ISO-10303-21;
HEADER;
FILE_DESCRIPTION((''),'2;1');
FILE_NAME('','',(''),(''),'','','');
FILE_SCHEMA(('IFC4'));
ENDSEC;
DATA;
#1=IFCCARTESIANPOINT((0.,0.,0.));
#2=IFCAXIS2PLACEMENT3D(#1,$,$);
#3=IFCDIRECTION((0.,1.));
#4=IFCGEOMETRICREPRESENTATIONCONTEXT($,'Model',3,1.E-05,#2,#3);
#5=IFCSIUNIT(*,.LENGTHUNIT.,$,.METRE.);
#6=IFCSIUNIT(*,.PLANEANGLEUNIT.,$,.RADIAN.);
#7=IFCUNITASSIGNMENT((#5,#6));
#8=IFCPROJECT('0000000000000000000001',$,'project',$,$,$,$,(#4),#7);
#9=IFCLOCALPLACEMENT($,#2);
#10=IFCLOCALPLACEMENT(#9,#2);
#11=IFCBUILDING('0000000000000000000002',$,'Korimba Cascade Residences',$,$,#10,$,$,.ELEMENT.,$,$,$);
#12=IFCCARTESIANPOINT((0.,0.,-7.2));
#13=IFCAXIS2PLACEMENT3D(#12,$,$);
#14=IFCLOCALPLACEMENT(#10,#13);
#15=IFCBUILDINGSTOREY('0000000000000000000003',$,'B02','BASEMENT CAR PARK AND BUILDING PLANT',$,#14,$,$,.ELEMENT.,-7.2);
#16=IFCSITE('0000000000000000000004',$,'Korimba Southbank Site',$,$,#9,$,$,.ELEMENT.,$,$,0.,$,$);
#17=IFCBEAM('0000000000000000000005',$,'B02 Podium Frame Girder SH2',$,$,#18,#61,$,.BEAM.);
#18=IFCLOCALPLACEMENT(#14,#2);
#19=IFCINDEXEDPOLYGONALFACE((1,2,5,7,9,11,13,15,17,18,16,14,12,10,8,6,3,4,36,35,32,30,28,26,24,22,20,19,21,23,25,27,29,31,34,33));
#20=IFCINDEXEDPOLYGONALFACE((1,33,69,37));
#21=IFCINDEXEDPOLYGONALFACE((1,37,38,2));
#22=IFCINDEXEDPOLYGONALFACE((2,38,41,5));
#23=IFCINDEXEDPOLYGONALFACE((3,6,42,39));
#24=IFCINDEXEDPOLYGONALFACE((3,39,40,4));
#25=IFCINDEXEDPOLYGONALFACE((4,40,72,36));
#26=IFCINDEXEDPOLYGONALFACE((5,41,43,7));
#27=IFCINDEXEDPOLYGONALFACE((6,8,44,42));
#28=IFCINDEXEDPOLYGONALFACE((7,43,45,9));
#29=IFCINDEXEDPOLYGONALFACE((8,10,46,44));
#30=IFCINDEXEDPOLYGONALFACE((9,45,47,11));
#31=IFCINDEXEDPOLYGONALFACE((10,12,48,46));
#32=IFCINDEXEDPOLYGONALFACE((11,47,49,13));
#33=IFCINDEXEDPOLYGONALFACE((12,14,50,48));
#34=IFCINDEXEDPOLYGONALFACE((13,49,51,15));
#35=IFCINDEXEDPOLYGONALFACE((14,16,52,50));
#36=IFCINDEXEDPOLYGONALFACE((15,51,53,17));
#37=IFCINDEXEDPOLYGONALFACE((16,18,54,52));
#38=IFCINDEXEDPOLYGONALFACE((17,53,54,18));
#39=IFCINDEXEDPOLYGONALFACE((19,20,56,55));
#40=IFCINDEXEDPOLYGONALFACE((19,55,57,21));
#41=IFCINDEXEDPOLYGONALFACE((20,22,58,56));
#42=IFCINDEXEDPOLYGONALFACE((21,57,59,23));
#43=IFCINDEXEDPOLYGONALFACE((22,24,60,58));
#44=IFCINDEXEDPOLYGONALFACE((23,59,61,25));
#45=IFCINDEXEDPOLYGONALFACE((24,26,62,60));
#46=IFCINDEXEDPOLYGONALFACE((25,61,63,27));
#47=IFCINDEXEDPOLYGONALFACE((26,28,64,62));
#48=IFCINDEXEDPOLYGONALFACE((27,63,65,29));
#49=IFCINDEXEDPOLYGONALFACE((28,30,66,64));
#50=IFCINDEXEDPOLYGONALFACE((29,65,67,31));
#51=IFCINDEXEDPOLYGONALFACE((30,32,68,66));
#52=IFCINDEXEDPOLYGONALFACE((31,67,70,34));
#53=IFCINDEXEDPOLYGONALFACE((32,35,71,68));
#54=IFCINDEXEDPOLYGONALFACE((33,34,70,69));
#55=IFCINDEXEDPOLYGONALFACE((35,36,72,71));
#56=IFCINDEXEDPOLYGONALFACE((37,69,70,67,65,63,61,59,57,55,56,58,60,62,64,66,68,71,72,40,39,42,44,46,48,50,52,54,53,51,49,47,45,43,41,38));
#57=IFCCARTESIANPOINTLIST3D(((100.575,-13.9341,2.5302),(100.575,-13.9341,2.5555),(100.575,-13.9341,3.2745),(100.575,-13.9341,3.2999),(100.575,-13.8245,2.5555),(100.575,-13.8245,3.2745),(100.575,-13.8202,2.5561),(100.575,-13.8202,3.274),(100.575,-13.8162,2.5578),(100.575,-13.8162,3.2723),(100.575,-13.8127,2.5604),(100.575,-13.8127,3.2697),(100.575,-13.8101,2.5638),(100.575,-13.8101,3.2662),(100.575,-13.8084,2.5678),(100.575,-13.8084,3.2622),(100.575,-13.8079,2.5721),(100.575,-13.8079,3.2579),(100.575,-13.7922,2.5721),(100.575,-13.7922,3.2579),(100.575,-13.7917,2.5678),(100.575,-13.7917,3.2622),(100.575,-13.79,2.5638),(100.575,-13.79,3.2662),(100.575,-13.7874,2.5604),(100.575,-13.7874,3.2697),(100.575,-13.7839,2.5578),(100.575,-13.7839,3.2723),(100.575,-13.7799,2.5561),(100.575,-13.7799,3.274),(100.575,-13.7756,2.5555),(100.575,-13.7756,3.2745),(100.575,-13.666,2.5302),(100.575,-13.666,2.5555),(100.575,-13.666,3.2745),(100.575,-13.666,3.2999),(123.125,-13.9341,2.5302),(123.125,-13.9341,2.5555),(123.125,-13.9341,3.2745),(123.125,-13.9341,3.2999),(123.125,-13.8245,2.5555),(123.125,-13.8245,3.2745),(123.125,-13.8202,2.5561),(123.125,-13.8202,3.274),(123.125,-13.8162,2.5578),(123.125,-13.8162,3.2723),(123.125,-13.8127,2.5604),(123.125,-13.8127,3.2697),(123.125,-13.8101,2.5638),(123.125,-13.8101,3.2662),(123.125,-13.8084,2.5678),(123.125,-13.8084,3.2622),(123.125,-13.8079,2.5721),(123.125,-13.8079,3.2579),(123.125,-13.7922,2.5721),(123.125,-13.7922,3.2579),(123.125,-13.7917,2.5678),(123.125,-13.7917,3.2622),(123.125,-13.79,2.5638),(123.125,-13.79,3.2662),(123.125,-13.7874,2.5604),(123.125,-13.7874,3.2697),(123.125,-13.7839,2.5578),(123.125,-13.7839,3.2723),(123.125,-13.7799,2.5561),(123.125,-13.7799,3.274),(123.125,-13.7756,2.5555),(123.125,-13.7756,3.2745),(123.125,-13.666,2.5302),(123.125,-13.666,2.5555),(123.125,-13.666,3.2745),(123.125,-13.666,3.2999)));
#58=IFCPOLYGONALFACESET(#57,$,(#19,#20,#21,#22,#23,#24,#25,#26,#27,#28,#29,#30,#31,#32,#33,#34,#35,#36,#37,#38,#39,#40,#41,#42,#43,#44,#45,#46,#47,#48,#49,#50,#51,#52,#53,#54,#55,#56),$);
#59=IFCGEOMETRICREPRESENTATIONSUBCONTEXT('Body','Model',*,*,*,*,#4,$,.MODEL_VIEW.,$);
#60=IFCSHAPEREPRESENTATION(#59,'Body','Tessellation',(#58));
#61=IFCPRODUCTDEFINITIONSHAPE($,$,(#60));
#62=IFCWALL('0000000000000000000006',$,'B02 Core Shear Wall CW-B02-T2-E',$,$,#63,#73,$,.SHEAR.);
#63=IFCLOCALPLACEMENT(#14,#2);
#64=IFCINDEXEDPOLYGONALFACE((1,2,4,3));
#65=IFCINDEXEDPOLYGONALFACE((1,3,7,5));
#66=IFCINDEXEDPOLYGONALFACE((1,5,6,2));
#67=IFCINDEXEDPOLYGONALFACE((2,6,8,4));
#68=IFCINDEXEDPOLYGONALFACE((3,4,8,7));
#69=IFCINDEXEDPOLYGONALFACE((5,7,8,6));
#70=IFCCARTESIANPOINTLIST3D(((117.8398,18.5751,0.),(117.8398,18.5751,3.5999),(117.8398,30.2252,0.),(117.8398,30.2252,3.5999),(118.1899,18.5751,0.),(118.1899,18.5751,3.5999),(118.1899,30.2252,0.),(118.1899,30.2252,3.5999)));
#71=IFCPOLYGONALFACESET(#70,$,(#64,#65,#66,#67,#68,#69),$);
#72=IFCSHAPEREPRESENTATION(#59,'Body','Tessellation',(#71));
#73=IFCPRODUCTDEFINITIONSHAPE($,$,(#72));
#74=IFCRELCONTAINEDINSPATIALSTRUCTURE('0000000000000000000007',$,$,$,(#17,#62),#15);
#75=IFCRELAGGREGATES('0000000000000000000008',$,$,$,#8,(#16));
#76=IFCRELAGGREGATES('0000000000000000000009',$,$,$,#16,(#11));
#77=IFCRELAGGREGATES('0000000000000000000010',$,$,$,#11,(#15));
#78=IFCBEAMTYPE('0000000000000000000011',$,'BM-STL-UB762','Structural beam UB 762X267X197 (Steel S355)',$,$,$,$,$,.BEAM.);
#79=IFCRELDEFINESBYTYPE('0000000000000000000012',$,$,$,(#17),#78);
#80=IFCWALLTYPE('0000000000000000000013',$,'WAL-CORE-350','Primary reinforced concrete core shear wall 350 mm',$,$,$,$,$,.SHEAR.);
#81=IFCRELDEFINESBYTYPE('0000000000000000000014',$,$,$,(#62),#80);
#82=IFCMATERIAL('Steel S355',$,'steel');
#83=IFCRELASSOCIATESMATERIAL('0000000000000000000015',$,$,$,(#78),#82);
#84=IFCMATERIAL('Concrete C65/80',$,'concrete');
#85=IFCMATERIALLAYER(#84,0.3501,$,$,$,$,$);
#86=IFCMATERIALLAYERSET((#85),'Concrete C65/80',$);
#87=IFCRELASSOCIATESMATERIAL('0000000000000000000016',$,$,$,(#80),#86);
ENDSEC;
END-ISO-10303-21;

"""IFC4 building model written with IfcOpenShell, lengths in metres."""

from ifc_helpers import new_model, si_unit, direction, frame, frame_2d, origin, origin_2d, place, context, subcontext, project, spatial, rectangle, i_section, extrude, material, layer, layer_set, material_profile, profile_set, type_object, element, save


model = new_model("IFC4")

# Units and contexts
model_context = context("Model", 3, precision=1e-05, world=origin(), true_north=direction((0.0, 1.0)))
body_context = subcontext(model_context, "Body", "Model", "MODEL_VIEW")
ifc_project = project(units=[si_unit("LENGTHUNIT", "METRE"), si_unit("PLANEANGLEUNIT", "RADIAN")], contexts=[model_context])

# Site, building, storey
site_placement = place(None, origin())
site = spatial("IfcSite", under=ifc_project, at=site_placement, Name="Korimba Southbank Site", CompositionType="ELEMENT", RefElevation=0.0)
building_placement = place(site_placement, origin())
building = spatial("IfcBuilding", under=site, at=building_placement, Name="Korimba Cascade Residences", CompositionType="ELEMENT")
storey_placement = place(building_placement, frame((0.0, 0.0, -7.2)))
storey = spatial("IfcBuildingStorey", under=building, at=storey_placement, Name="B02", Description="BASEMENT CAR PARK AND BUILDING PLANT", CompositionType="ELEMENT", Elevation=-7.2)

# Shared definitions
ifc_material_1 = material(Name="Concrete C65/80", Category="concrete")

# Beam
ifc_material_2 = material(Name="Steel S355", Category="steel")
ifc_material_profile_1 = material_profile(ifc_material_2, i_section(OverallWidth=0.2681, OverallDepth=0.7698, WebThickness=0.0156, FlangeThickness=0.0254, FilletRadius=0.0166, at=origin_2d()), Name="Steel S355")
ifc_profile_set_1 = profile_set([ifc_material_profile_1], Name="Steel S355")
beam_type_1 = type_object("IfcBeamType", Name="BM-STL-UB762", Description="Structural beam UB 762X267X197 (Steel S355)", PredefinedType="BEAM", material=ifc_profile_set_1)
beam_1_placement = place(storey_placement, frame((100.575, -13.8, 2.915), z_axis=(1.0, 0.0, 0.0), x_axis=(0.0, 1.0, 0.0)))
element("IfcBeam", 1, at=beam_1_placement, inside=storey, type_object=beam_type_1, Name="B02 Podium Frame Girder SH2", PredefinedType="BEAM", context=body_context, shape_type="SweptSolid", body=[
    extrude(i_section(OverallWidth=0.2681, OverallDepth=0.7698, WebThickness=0.0156, FlangeThickness=0.0254, FilletRadius=0.0166, at=origin_2d()), origin(), (0.0, 0.0, 1.0), 22.55),
])

# Wall
ifc_layer = layer(ifc_material_1, 0.3501)
ifc_layer_set = layer_set([ifc_layer], Name="Concrete C65/80")
wall_type = type_object("IfcWallType", Name="WAL-CORE-350", Description="Primary reinforced concrete core shear wall 350 mm", PredefinedType="SHEAR", material=ifc_layer_set)
wall_placement = place(storey_placement, frame((118.0149, 18.575, 0.0), z_axis=(0.0, 0.0, 1.0), x_axis=(0.0, 1.0, 0.0)))
element("IfcWall", 2, at=wall_placement, inside=storey, type_object=wall_type, Name="B02 Core Shear Wall CW-B02-T2-E", PredefinedType="SHEAR", context=body_context, shape_type="SweptSolid", body=[
    extrude(rectangle(XDim=11.6501, YDim=0.3501, at=frame_2d((5.8252, 0.0))), origin(), (0.0, 0.0, 1.0), 3.5999),
])

save(model, "model.ifc")
